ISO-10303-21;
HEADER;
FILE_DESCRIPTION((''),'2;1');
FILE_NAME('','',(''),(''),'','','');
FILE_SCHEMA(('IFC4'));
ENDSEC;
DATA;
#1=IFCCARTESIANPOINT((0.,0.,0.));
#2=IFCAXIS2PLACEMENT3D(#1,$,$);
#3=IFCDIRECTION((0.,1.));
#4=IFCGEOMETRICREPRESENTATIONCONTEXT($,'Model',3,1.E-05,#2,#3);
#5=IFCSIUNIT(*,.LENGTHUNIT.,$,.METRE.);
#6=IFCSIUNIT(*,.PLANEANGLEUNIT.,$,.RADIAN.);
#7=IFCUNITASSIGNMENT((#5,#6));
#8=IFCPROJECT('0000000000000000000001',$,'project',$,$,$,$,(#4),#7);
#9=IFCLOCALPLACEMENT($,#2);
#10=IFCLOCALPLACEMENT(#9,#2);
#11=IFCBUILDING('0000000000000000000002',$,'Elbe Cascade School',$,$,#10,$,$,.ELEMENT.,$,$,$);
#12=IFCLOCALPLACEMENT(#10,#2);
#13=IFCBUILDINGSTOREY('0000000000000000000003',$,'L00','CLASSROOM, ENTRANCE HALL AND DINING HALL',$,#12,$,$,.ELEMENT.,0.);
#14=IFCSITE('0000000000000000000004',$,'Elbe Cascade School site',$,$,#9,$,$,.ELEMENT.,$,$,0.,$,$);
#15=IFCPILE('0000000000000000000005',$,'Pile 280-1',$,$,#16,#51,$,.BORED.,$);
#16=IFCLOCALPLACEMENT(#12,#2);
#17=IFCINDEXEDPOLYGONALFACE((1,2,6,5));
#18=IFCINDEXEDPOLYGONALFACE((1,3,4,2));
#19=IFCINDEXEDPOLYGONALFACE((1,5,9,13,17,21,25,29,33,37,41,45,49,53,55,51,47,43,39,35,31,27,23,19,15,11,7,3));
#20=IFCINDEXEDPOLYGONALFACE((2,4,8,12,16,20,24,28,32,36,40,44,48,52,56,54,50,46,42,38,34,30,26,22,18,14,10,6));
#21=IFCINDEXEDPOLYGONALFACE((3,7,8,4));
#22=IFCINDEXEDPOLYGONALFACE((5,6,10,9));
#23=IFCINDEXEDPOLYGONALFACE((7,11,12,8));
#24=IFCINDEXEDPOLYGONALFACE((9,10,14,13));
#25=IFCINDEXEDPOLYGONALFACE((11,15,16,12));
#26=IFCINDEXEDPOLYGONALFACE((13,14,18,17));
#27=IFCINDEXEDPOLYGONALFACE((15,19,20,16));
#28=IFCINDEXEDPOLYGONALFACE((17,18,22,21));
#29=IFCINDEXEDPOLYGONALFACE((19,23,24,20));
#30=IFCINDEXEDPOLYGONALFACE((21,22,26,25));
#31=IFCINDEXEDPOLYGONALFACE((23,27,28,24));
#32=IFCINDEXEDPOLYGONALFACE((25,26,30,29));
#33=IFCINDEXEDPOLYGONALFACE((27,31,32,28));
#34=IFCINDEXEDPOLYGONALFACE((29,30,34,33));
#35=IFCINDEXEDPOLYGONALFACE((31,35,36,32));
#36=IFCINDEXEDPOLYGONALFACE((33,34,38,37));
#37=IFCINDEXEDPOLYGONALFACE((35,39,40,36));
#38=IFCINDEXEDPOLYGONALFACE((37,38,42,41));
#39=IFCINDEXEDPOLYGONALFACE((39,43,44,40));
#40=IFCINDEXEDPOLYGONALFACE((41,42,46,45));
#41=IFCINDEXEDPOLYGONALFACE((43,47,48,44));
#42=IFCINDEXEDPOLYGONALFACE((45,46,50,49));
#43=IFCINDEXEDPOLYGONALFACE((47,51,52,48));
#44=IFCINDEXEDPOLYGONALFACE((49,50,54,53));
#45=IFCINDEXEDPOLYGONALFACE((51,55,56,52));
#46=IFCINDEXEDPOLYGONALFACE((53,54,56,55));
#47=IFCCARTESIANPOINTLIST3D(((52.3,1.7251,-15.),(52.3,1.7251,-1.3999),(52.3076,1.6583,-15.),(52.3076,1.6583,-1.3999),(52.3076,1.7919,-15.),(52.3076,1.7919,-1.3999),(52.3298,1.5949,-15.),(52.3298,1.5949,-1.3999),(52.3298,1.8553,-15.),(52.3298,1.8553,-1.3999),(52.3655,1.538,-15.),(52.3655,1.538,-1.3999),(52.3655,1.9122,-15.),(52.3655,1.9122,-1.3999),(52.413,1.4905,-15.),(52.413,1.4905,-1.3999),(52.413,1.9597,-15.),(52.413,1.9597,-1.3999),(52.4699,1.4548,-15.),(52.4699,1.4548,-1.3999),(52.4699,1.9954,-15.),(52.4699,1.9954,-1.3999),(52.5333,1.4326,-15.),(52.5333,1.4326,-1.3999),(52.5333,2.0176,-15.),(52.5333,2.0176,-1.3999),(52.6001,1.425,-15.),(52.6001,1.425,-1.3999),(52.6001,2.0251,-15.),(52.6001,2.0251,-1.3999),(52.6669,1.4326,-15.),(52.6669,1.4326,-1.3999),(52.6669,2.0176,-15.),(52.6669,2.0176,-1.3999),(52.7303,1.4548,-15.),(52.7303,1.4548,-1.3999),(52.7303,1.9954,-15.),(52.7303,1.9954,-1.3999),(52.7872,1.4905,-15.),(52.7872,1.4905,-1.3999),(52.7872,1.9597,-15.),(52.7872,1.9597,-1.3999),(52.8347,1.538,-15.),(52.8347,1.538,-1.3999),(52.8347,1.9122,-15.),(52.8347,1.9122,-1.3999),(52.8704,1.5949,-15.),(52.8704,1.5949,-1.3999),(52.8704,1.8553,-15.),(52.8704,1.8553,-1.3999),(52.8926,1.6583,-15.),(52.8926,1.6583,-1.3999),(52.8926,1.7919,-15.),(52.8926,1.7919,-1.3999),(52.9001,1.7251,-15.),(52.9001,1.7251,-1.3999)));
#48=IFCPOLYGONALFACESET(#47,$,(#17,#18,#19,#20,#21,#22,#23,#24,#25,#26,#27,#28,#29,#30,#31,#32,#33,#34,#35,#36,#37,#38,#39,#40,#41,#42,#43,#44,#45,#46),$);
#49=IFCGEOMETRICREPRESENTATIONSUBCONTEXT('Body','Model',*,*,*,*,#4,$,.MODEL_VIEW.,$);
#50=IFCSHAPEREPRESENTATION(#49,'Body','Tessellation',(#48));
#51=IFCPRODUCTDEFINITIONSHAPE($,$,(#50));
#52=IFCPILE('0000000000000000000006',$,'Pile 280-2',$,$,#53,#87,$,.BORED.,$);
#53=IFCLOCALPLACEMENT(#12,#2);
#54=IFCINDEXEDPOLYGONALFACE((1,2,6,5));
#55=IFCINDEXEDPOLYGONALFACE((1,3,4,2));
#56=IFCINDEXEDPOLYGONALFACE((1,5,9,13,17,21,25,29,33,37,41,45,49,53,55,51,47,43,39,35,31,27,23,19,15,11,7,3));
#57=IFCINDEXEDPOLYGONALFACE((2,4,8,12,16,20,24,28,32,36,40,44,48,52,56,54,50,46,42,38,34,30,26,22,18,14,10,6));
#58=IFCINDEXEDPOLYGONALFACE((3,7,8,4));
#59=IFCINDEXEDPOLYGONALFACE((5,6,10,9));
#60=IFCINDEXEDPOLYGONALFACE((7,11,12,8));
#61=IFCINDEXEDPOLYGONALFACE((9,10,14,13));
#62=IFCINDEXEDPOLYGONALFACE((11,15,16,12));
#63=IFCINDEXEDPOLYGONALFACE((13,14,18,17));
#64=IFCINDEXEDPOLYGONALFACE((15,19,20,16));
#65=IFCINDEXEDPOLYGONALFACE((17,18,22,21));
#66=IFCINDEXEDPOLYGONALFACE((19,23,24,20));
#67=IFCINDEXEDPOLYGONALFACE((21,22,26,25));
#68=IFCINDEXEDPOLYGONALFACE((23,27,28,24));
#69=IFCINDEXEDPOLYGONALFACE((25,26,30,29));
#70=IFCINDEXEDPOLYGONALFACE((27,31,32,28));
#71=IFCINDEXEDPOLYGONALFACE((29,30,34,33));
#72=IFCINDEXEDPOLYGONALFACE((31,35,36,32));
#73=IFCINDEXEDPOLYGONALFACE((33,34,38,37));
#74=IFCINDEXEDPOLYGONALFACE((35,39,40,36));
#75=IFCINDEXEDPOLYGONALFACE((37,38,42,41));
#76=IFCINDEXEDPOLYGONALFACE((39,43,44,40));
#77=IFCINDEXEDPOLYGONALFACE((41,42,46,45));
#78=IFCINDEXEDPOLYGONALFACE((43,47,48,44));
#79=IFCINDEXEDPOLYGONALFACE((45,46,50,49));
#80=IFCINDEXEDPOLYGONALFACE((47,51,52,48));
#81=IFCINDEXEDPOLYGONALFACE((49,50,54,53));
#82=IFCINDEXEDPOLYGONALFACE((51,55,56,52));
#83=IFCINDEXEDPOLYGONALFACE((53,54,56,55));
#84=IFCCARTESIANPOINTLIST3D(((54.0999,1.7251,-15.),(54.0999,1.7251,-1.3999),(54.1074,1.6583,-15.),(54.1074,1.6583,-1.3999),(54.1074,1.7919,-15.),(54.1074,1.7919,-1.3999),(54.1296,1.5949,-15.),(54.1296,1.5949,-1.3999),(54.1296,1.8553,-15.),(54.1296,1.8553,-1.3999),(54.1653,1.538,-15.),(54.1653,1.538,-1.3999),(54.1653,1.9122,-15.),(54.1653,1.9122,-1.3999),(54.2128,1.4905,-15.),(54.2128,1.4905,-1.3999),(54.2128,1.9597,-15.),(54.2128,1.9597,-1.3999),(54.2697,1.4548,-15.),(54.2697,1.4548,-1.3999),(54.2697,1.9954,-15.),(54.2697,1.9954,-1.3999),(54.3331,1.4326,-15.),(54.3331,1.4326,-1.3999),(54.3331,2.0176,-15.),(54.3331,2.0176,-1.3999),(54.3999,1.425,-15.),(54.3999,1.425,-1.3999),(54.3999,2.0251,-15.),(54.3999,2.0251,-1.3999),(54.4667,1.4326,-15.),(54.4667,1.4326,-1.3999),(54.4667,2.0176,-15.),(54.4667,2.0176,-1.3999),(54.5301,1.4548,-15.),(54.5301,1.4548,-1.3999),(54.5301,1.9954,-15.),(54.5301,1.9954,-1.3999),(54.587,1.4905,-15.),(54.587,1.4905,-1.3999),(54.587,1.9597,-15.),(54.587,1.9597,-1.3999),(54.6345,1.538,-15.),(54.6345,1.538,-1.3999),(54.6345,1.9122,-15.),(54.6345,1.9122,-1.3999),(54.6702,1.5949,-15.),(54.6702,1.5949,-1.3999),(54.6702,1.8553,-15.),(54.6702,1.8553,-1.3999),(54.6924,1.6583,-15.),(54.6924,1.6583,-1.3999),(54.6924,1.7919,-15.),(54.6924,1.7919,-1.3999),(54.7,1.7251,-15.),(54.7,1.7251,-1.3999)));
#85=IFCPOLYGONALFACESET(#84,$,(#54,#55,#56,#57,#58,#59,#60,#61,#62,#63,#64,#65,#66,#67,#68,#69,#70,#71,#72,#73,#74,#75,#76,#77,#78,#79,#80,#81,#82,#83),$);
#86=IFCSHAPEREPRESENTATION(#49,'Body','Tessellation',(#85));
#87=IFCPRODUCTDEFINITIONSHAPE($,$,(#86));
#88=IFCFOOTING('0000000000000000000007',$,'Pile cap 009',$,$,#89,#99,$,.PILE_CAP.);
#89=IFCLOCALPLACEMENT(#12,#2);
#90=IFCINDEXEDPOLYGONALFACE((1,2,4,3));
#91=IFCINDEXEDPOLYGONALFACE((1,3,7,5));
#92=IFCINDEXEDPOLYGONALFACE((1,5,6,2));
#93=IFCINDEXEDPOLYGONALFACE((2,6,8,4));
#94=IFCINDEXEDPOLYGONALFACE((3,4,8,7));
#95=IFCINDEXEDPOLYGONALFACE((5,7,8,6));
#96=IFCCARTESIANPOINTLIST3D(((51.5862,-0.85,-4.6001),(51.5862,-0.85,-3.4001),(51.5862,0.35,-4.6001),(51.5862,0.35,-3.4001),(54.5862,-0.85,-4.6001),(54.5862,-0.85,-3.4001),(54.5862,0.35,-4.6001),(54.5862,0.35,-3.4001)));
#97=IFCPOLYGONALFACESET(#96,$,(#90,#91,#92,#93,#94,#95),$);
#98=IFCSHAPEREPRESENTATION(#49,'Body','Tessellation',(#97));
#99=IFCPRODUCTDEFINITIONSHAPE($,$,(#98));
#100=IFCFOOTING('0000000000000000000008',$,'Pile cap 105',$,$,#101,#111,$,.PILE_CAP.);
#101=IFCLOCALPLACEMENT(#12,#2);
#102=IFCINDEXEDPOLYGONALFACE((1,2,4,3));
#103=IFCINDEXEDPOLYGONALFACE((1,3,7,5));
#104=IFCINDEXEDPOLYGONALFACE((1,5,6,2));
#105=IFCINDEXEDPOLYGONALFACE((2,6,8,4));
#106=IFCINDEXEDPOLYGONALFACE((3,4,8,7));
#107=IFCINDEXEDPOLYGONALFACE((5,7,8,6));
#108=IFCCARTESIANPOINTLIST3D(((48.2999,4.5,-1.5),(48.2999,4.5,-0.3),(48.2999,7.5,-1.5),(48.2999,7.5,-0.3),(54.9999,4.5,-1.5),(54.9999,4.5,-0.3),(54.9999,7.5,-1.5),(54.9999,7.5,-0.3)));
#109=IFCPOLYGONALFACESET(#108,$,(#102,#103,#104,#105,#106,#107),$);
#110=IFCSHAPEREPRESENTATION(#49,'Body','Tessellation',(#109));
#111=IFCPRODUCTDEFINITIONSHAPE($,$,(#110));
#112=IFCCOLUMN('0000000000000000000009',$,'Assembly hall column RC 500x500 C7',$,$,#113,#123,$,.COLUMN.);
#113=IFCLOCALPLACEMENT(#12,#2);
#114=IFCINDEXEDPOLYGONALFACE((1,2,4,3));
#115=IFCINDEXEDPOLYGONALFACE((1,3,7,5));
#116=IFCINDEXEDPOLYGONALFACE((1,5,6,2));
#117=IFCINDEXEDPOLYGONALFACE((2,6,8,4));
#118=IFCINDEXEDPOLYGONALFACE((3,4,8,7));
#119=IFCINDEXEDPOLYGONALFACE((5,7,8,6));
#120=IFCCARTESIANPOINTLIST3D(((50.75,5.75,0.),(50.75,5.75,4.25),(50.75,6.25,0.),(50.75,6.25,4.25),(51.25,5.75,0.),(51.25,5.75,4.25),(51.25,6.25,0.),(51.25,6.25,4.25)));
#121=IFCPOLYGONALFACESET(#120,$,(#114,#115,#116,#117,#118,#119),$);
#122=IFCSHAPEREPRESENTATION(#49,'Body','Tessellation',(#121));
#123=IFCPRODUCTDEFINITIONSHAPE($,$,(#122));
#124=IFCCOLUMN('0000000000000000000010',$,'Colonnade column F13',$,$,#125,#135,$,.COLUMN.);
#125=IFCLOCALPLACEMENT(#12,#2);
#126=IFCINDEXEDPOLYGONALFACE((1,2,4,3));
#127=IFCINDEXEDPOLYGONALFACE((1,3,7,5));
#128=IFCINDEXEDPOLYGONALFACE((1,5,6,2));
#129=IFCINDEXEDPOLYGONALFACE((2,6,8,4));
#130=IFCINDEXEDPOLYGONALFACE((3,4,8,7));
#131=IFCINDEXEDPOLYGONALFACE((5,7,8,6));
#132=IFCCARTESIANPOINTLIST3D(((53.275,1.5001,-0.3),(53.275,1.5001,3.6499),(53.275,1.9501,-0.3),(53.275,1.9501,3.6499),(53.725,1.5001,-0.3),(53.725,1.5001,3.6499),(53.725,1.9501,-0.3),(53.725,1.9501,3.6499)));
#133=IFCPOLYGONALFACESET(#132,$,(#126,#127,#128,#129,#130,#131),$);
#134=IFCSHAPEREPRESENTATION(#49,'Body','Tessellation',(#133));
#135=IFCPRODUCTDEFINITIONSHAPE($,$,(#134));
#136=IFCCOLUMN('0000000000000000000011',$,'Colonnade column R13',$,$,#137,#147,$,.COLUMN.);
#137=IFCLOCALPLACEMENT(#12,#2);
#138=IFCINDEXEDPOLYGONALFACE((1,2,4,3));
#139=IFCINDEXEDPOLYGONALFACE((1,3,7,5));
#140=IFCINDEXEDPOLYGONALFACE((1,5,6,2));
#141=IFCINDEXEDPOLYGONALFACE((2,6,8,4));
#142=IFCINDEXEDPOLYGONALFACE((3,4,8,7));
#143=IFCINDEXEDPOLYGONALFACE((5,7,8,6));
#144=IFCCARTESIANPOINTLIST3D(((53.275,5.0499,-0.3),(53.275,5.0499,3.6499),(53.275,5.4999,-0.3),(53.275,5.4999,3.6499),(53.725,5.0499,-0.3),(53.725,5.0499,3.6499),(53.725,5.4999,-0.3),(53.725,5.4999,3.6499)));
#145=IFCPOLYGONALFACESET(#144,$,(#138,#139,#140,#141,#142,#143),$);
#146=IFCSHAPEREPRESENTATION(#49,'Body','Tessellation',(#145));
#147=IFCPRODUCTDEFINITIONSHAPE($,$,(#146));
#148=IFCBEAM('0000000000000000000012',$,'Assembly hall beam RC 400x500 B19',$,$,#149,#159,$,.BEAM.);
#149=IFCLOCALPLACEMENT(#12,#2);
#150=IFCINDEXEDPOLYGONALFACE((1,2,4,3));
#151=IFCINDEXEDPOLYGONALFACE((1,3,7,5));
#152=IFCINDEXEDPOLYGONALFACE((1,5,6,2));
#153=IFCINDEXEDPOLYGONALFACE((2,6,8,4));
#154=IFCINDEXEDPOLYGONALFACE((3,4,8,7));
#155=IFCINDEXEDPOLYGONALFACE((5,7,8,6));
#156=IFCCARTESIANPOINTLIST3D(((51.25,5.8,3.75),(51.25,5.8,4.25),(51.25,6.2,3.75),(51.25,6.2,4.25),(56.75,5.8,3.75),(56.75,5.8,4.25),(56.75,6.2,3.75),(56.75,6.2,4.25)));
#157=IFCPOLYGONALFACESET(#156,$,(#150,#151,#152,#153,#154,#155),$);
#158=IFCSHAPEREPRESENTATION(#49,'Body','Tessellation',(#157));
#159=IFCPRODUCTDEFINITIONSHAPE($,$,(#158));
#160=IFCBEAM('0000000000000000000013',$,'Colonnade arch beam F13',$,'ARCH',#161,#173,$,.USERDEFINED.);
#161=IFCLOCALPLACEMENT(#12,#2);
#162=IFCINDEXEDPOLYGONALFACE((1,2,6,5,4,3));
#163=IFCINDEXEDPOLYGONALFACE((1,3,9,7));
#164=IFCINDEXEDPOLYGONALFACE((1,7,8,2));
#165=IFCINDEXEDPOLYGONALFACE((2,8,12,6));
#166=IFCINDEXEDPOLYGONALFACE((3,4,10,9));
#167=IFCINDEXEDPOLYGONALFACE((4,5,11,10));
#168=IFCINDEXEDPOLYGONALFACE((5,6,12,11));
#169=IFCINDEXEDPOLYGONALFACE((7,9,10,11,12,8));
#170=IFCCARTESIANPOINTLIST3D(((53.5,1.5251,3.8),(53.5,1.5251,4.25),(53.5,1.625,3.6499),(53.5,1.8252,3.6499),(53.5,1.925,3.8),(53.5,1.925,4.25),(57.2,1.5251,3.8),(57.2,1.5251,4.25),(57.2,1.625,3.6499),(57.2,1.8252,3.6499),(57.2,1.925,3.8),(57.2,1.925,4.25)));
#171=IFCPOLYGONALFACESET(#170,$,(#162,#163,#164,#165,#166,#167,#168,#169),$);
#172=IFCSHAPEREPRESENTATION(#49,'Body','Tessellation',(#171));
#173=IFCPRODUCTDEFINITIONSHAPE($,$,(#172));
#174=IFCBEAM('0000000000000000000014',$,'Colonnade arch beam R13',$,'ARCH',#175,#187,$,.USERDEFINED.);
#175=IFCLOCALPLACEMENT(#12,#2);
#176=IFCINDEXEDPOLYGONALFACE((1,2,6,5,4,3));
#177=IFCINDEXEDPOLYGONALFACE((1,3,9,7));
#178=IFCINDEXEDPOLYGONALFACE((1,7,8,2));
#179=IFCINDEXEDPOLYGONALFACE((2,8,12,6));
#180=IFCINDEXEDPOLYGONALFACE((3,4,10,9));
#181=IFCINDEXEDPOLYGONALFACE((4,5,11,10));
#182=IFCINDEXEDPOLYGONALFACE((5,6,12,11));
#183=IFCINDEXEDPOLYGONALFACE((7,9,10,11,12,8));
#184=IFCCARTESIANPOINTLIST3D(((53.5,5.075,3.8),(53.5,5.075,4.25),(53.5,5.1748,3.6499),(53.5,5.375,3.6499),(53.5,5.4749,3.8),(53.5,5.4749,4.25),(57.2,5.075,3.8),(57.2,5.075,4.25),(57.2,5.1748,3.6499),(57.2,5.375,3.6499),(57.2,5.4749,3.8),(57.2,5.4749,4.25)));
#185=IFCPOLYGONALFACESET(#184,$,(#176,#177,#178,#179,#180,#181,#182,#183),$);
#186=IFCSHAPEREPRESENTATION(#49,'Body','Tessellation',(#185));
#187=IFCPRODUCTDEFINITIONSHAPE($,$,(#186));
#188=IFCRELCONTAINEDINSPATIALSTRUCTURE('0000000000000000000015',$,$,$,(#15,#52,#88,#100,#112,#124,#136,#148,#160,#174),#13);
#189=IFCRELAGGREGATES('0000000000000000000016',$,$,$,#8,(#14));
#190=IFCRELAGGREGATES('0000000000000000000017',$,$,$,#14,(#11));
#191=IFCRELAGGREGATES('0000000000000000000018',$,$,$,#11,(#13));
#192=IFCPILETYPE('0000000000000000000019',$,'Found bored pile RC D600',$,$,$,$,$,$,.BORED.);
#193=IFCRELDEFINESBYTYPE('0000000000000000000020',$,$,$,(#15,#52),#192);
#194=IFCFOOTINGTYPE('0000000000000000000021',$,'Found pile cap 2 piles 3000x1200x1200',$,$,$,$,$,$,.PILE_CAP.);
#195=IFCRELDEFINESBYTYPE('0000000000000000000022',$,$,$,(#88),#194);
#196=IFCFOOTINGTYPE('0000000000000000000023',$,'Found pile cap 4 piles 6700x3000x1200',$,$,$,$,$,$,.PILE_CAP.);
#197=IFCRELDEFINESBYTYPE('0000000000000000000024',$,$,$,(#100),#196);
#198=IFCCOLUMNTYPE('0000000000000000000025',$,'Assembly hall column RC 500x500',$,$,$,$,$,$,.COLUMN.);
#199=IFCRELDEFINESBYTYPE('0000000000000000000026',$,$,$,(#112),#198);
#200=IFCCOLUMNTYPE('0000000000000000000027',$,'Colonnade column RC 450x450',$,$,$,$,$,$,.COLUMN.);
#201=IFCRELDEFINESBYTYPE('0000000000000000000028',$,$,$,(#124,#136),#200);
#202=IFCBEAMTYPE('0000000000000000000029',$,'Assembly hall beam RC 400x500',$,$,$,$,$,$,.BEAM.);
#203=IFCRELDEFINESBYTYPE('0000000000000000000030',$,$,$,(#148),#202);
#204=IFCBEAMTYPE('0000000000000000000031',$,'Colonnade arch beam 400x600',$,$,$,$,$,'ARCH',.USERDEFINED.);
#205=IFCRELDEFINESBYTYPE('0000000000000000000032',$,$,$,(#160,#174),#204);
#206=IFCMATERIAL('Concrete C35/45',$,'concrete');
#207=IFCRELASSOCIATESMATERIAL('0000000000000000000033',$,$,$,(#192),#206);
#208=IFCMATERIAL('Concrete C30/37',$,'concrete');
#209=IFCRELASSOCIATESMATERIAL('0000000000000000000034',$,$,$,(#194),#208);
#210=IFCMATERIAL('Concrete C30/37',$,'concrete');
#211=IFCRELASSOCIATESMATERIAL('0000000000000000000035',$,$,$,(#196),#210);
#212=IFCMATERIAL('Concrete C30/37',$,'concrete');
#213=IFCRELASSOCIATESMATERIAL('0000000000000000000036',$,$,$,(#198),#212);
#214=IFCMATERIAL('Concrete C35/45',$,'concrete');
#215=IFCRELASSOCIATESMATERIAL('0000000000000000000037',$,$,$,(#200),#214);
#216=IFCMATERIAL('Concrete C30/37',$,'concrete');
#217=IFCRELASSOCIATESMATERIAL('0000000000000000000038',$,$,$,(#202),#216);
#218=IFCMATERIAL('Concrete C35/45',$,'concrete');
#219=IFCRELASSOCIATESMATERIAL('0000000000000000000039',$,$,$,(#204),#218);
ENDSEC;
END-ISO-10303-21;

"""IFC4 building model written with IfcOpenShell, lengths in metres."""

from ifc_helpers import new_model, si_unit, direction, frame, origin, origin_2d, place, context, subcontext, project, spatial, polyline, rectangle, circle, outline, extrude, material, material_profile, profile_set, type_object, element, save


model = new_model("IFC4")

# Units and contexts
model_context = context("Model", 3, precision=1e-05, world=origin(), true_north=direction((0.0, 1.0)))
body_context = subcontext(model_context, "Body", "Model", "MODEL_VIEW")
ifc_project = project(units=[si_unit("LENGTHUNIT", "METRE"), si_unit("PLANEANGLEUNIT", "RADIAN")], contexts=[model_context])

# Site, building, storey
site_placement = place(None, origin())
site = spatial("IfcSite", under=ifc_project, at=site_placement, Name="Elbe Cascade School site", CompositionType="ELEMENT", RefElevation=0.0)
building_placement = place(site_placement, origin())
building = spatial("IfcBuilding", under=site, at=building_placement, Name="Elbe Cascade School", CompositionType="ELEMENT")
storey_placement = place(building_placement, origin())
storey = spatial("IfcBuildingStorey", under=building, at=storey_placement, Name="L00", Description="CLASSROOM, ENTRANCE HALL AND DINING HALL", CompositionType="ELEMENT", Elevation=0.0)

# Piles
ifc_material_1 = material(Name="Concrete C35/45", Category="concrete")
ifc_material_profile_1 = material_profile(ifc_material_1, circle(Radius=0.3, at=origin_2d()), Name="RC D600")
ifc_profile_set_1 = profile_set([ifc_material_profile_1], Name="Concrete C35/45")
pile_type = type_object("IfcPileType", Name="Found bored pile RC D600", PredefinedType="BORED", material=ifc_profile_set_1)
for number, where, z_axis, x_axis, name in (
    (1, (52.6001, 1.7251, -1.3999), (0.0, 0.0, -1.0), (1.0, 0.0, 0.0), "Pile 280-1"),
    (2, (54.3999, 1.7251, -1.3999), (0.0, 0.0, -1.0), (1.0, 0.0, 0.0), "Pile 280-2"),
):
    element("IfcPile", number, at=place(storey_placement, frame(where, z_axis=z_axis, x_axis=x_axis)), inside=storey, type_object=pile_type, Name=name, PredefinedType="BORED", context=body_context, shape_type="SweptSolid", body=[
        extrude(circle(Radius=0.3, at=origin_2d()), origin(), (0.0, 0.0, 1.0), 13.6001),
    ])

# Footings
ifc_material_2 = material(Name="Concrete C30/37", Category="concrete")
footing_type_1 = type_object("IfcFootingType", Name="Found pile cap 2 piles 3000x1200x1200", PredefinedType="PILE_CAP", material=ifc_material_2)
footing_1_placement = place(storey_placement, frame((53.0862, -0.25, -4.6001), z_axis=(0.0, 0.0, 1.0), x_axis=(1.0, 0.0, 0.0)))
element("IfcFooting", 3, at=footing_1_placement, inside=storey, type_object=footing_type_1, Name="Pile cap 009", PredefinedType="PILE_CAP", context=body_context, shape_type="SweptSolid", body=[
    extrude(rectangle(XDim=3.0, YDim=1.2, at=origin_2d()), origin(), (0.0, 0.0, 1.0), 1.2),
])
ifc_material_3 = material(Name="Concrete C30/37", Category="concrete")
footing_type_2 = type_object("IfcFootingType", Name="Found pile cap 4 piles 6700x3000x1200", PredefinedType="PILE_CAP", material=ifc_material_3)
footing_2_placement = place(storey_placement, frame((51.6499, 6.0, -1.5), z_axis=(0.0, 0.0, 1.0), x_axis=(1.0, 0.0, 0.0)))
element("IfcFooting", 4, at=footing_2_placement, inside=storey, type_object=footing_type_2, Name="Pile cap 105", PredefinedType="PILE_CAP", context=body_context, shape_type="SweptSolid", body=[
    extrude(rectangle(XDim=6.7, YDim=3.0, at=origin_2d()), origin(), (0.0, 0.0, 1.0), 1.2),
])

# Columns
ifc_material_4 = material(Name="Concrete C30/37", Category="concrete")
ifc_material_profile_2 = material_profile(ifc_material_4, rectangle(XDim=0.5, YDim=0.5, at=origin_2d()), Name="RC 500x500")
ifc_profile_set_2 = profile_set([ifc_material_profile_2], Name="Concrete C30/37")
column_type_1 = type_object("IfcColumnType", Name="Assembly hall column RC 500x500", PredefinedType="COLUMN", material=ifc_profile_set_2)
column_placement = place(storey_placement, frame((51.0, 6.0, 0.0), z_axis=(0.0, 0.0, 1.0), x_axis=(1.0, 0.0, 0.0)))
element("IfcColumn", 5, at=column_placement, inside=storey, type_object=column_type_1, Name="Assembly hall column RC 500x500 C7", PredefinedType="COLUMN", context=body_context, shape_type="SweptSolid", body=[
    extrude(rectangle(XDim=0.5, YDim=0.5, at=origin_2d()), origin(), (0.0, 0.0, 1.0), 4.25),
])
ifc_material_5 = material(Name="Concrete C35/45", Category="concrete")
ifc_material_profile_3 = material_profile(ifc_material_5, rectangle(XDim=0.45, YDim=0.45, at=origin_2d()), Name="RC 450x450")
ifc_profile_set_3 = profile_set([ifc_material_profile_3], Name="Concrete C35/45")
column_type_2 = type_object("IfcColumnType", Name="Colonnade column RC 450x450", PredefinedType="COLUMN", material=ifc_profile_set_3)
for number, where, z_axis, x_axis, name in (
    (6, (53.5, 1.7251, -0.3), (0.0, 0.0, 1.0), (1.0, 0.0, 0.0), "Colonnade column F13"),
    (7, (53.5, 5.2749, -0.3), (0.0, 0.0, 1.0), (1.0, 0.0, 0.0), "Colonnade column R13"),
):
    element("IfcColumn", number, at=place(storey_placement, frame(where, z_axis=z_axis, x_axis=x_axis)), inside=storey, type_object=column_type_2, Name=name, PredefinedType="COLUMN", context=body_context, shape_type="SweptSolid", body=[
        extrude(rectangle(XDim=0.45, YDim=0.45, at=origin_2d()), origin(), (0.0, 0.0, 1.0), 3.95),
    ])

# Beams
ifc_material_6 = material(Name="Concrete C30/37", Category="concrete")
ifc_material_profile_4 = material_profile(ifc_material_6, rectangle(XDim=0.3999, YDim=0.5, at=origin_2d()), Name="RC 400x500")
ifc_profile_set_4 = profile_set([ifc_material_profile_4], Name="Concrete C30/37")
beam_type_1 = type_object("IfcBeamType", Name="Assembly hall beam RC 400x500", PredefinedType="BEAM", material=ifc_profile_set_4)
beam_1_placement = place(storey_placement, frame((51.25, 6.0, 4.0), z_axis=(1.0, 0.0, 0.0), x_axis=(0.0, 1.0, 0.0)))
element("IfcBeam", 8, at=beam_1_placement, inside=storey, type_object=beam_type_1, Name="Assembly hall beam RC 400x500 B19", PredefinedType="BEAM", context=body_context, shape_type="SweptSolid", body=[
    extrude(rectangle(XDim=0.3999, YDim=0.5, at=origin_2d()), origin(), (0.0, 0.0, 1.0), 5.5),
])
ifc_material_7 = material(Name="Concrete C35/45", Category="concrete")
ifc_material_profile_5 = material_profile(ifc_material_7, outline(polyline([(-0.2, 0.3), (0.2, 0.3), (0.2, -0.1499), (0.1001, -0.3), (-0.1001, -0.3), (-0.2, -0.1499), (-0.2, 0.3)])), Name="RC arch 400x600")
ifc_profile_set_5 = profile_set([ifc_material_profile_5], Name="Concrete C35/45")
beam_type_2 = type_object("IfcBeamType", Name="Colonnade arch beam 400x600", ElementType="ARCH", PredefinedType="USERDEFINED", material=ifc_profile_set_5)
for number, where, z_axis, x_axis, name in (
    (9, (53.5, 1.7251, 3.95), (1.0, 0.0, 0.0), (0.0, 1.0, 0.0), "Colonnade arch beam F13"),
    (10, (53.5, 5.2749, 3.95), (1.0, 0.0, 0.0), (0.0, 1.0, 0.0), "Colonnade arch beam R13"),
):
    element("IfcBeam", number, at=place(storey_placement, frame(where, z_axis=z_axis, x_axis=x_axis)), inside=storey, type_object=beam_type_2, Name=name, ObjectType="ARCH", PredefinedType="USERDEFINED", context=body_context, shape_type="SweptSolid", body=[
        extrude(outline(polyline([(-0.2, 0.3), (0.2, 0.3), (0.2, -0.1499), (0.1001, -0.3), (-0.1001, -0.3), (-0.2, -0.1499), (-0.2, 0.3)])), origin(), (0.0, 0.0, 1.0), 3.7),
    ])

save(model, "model.ifc")
